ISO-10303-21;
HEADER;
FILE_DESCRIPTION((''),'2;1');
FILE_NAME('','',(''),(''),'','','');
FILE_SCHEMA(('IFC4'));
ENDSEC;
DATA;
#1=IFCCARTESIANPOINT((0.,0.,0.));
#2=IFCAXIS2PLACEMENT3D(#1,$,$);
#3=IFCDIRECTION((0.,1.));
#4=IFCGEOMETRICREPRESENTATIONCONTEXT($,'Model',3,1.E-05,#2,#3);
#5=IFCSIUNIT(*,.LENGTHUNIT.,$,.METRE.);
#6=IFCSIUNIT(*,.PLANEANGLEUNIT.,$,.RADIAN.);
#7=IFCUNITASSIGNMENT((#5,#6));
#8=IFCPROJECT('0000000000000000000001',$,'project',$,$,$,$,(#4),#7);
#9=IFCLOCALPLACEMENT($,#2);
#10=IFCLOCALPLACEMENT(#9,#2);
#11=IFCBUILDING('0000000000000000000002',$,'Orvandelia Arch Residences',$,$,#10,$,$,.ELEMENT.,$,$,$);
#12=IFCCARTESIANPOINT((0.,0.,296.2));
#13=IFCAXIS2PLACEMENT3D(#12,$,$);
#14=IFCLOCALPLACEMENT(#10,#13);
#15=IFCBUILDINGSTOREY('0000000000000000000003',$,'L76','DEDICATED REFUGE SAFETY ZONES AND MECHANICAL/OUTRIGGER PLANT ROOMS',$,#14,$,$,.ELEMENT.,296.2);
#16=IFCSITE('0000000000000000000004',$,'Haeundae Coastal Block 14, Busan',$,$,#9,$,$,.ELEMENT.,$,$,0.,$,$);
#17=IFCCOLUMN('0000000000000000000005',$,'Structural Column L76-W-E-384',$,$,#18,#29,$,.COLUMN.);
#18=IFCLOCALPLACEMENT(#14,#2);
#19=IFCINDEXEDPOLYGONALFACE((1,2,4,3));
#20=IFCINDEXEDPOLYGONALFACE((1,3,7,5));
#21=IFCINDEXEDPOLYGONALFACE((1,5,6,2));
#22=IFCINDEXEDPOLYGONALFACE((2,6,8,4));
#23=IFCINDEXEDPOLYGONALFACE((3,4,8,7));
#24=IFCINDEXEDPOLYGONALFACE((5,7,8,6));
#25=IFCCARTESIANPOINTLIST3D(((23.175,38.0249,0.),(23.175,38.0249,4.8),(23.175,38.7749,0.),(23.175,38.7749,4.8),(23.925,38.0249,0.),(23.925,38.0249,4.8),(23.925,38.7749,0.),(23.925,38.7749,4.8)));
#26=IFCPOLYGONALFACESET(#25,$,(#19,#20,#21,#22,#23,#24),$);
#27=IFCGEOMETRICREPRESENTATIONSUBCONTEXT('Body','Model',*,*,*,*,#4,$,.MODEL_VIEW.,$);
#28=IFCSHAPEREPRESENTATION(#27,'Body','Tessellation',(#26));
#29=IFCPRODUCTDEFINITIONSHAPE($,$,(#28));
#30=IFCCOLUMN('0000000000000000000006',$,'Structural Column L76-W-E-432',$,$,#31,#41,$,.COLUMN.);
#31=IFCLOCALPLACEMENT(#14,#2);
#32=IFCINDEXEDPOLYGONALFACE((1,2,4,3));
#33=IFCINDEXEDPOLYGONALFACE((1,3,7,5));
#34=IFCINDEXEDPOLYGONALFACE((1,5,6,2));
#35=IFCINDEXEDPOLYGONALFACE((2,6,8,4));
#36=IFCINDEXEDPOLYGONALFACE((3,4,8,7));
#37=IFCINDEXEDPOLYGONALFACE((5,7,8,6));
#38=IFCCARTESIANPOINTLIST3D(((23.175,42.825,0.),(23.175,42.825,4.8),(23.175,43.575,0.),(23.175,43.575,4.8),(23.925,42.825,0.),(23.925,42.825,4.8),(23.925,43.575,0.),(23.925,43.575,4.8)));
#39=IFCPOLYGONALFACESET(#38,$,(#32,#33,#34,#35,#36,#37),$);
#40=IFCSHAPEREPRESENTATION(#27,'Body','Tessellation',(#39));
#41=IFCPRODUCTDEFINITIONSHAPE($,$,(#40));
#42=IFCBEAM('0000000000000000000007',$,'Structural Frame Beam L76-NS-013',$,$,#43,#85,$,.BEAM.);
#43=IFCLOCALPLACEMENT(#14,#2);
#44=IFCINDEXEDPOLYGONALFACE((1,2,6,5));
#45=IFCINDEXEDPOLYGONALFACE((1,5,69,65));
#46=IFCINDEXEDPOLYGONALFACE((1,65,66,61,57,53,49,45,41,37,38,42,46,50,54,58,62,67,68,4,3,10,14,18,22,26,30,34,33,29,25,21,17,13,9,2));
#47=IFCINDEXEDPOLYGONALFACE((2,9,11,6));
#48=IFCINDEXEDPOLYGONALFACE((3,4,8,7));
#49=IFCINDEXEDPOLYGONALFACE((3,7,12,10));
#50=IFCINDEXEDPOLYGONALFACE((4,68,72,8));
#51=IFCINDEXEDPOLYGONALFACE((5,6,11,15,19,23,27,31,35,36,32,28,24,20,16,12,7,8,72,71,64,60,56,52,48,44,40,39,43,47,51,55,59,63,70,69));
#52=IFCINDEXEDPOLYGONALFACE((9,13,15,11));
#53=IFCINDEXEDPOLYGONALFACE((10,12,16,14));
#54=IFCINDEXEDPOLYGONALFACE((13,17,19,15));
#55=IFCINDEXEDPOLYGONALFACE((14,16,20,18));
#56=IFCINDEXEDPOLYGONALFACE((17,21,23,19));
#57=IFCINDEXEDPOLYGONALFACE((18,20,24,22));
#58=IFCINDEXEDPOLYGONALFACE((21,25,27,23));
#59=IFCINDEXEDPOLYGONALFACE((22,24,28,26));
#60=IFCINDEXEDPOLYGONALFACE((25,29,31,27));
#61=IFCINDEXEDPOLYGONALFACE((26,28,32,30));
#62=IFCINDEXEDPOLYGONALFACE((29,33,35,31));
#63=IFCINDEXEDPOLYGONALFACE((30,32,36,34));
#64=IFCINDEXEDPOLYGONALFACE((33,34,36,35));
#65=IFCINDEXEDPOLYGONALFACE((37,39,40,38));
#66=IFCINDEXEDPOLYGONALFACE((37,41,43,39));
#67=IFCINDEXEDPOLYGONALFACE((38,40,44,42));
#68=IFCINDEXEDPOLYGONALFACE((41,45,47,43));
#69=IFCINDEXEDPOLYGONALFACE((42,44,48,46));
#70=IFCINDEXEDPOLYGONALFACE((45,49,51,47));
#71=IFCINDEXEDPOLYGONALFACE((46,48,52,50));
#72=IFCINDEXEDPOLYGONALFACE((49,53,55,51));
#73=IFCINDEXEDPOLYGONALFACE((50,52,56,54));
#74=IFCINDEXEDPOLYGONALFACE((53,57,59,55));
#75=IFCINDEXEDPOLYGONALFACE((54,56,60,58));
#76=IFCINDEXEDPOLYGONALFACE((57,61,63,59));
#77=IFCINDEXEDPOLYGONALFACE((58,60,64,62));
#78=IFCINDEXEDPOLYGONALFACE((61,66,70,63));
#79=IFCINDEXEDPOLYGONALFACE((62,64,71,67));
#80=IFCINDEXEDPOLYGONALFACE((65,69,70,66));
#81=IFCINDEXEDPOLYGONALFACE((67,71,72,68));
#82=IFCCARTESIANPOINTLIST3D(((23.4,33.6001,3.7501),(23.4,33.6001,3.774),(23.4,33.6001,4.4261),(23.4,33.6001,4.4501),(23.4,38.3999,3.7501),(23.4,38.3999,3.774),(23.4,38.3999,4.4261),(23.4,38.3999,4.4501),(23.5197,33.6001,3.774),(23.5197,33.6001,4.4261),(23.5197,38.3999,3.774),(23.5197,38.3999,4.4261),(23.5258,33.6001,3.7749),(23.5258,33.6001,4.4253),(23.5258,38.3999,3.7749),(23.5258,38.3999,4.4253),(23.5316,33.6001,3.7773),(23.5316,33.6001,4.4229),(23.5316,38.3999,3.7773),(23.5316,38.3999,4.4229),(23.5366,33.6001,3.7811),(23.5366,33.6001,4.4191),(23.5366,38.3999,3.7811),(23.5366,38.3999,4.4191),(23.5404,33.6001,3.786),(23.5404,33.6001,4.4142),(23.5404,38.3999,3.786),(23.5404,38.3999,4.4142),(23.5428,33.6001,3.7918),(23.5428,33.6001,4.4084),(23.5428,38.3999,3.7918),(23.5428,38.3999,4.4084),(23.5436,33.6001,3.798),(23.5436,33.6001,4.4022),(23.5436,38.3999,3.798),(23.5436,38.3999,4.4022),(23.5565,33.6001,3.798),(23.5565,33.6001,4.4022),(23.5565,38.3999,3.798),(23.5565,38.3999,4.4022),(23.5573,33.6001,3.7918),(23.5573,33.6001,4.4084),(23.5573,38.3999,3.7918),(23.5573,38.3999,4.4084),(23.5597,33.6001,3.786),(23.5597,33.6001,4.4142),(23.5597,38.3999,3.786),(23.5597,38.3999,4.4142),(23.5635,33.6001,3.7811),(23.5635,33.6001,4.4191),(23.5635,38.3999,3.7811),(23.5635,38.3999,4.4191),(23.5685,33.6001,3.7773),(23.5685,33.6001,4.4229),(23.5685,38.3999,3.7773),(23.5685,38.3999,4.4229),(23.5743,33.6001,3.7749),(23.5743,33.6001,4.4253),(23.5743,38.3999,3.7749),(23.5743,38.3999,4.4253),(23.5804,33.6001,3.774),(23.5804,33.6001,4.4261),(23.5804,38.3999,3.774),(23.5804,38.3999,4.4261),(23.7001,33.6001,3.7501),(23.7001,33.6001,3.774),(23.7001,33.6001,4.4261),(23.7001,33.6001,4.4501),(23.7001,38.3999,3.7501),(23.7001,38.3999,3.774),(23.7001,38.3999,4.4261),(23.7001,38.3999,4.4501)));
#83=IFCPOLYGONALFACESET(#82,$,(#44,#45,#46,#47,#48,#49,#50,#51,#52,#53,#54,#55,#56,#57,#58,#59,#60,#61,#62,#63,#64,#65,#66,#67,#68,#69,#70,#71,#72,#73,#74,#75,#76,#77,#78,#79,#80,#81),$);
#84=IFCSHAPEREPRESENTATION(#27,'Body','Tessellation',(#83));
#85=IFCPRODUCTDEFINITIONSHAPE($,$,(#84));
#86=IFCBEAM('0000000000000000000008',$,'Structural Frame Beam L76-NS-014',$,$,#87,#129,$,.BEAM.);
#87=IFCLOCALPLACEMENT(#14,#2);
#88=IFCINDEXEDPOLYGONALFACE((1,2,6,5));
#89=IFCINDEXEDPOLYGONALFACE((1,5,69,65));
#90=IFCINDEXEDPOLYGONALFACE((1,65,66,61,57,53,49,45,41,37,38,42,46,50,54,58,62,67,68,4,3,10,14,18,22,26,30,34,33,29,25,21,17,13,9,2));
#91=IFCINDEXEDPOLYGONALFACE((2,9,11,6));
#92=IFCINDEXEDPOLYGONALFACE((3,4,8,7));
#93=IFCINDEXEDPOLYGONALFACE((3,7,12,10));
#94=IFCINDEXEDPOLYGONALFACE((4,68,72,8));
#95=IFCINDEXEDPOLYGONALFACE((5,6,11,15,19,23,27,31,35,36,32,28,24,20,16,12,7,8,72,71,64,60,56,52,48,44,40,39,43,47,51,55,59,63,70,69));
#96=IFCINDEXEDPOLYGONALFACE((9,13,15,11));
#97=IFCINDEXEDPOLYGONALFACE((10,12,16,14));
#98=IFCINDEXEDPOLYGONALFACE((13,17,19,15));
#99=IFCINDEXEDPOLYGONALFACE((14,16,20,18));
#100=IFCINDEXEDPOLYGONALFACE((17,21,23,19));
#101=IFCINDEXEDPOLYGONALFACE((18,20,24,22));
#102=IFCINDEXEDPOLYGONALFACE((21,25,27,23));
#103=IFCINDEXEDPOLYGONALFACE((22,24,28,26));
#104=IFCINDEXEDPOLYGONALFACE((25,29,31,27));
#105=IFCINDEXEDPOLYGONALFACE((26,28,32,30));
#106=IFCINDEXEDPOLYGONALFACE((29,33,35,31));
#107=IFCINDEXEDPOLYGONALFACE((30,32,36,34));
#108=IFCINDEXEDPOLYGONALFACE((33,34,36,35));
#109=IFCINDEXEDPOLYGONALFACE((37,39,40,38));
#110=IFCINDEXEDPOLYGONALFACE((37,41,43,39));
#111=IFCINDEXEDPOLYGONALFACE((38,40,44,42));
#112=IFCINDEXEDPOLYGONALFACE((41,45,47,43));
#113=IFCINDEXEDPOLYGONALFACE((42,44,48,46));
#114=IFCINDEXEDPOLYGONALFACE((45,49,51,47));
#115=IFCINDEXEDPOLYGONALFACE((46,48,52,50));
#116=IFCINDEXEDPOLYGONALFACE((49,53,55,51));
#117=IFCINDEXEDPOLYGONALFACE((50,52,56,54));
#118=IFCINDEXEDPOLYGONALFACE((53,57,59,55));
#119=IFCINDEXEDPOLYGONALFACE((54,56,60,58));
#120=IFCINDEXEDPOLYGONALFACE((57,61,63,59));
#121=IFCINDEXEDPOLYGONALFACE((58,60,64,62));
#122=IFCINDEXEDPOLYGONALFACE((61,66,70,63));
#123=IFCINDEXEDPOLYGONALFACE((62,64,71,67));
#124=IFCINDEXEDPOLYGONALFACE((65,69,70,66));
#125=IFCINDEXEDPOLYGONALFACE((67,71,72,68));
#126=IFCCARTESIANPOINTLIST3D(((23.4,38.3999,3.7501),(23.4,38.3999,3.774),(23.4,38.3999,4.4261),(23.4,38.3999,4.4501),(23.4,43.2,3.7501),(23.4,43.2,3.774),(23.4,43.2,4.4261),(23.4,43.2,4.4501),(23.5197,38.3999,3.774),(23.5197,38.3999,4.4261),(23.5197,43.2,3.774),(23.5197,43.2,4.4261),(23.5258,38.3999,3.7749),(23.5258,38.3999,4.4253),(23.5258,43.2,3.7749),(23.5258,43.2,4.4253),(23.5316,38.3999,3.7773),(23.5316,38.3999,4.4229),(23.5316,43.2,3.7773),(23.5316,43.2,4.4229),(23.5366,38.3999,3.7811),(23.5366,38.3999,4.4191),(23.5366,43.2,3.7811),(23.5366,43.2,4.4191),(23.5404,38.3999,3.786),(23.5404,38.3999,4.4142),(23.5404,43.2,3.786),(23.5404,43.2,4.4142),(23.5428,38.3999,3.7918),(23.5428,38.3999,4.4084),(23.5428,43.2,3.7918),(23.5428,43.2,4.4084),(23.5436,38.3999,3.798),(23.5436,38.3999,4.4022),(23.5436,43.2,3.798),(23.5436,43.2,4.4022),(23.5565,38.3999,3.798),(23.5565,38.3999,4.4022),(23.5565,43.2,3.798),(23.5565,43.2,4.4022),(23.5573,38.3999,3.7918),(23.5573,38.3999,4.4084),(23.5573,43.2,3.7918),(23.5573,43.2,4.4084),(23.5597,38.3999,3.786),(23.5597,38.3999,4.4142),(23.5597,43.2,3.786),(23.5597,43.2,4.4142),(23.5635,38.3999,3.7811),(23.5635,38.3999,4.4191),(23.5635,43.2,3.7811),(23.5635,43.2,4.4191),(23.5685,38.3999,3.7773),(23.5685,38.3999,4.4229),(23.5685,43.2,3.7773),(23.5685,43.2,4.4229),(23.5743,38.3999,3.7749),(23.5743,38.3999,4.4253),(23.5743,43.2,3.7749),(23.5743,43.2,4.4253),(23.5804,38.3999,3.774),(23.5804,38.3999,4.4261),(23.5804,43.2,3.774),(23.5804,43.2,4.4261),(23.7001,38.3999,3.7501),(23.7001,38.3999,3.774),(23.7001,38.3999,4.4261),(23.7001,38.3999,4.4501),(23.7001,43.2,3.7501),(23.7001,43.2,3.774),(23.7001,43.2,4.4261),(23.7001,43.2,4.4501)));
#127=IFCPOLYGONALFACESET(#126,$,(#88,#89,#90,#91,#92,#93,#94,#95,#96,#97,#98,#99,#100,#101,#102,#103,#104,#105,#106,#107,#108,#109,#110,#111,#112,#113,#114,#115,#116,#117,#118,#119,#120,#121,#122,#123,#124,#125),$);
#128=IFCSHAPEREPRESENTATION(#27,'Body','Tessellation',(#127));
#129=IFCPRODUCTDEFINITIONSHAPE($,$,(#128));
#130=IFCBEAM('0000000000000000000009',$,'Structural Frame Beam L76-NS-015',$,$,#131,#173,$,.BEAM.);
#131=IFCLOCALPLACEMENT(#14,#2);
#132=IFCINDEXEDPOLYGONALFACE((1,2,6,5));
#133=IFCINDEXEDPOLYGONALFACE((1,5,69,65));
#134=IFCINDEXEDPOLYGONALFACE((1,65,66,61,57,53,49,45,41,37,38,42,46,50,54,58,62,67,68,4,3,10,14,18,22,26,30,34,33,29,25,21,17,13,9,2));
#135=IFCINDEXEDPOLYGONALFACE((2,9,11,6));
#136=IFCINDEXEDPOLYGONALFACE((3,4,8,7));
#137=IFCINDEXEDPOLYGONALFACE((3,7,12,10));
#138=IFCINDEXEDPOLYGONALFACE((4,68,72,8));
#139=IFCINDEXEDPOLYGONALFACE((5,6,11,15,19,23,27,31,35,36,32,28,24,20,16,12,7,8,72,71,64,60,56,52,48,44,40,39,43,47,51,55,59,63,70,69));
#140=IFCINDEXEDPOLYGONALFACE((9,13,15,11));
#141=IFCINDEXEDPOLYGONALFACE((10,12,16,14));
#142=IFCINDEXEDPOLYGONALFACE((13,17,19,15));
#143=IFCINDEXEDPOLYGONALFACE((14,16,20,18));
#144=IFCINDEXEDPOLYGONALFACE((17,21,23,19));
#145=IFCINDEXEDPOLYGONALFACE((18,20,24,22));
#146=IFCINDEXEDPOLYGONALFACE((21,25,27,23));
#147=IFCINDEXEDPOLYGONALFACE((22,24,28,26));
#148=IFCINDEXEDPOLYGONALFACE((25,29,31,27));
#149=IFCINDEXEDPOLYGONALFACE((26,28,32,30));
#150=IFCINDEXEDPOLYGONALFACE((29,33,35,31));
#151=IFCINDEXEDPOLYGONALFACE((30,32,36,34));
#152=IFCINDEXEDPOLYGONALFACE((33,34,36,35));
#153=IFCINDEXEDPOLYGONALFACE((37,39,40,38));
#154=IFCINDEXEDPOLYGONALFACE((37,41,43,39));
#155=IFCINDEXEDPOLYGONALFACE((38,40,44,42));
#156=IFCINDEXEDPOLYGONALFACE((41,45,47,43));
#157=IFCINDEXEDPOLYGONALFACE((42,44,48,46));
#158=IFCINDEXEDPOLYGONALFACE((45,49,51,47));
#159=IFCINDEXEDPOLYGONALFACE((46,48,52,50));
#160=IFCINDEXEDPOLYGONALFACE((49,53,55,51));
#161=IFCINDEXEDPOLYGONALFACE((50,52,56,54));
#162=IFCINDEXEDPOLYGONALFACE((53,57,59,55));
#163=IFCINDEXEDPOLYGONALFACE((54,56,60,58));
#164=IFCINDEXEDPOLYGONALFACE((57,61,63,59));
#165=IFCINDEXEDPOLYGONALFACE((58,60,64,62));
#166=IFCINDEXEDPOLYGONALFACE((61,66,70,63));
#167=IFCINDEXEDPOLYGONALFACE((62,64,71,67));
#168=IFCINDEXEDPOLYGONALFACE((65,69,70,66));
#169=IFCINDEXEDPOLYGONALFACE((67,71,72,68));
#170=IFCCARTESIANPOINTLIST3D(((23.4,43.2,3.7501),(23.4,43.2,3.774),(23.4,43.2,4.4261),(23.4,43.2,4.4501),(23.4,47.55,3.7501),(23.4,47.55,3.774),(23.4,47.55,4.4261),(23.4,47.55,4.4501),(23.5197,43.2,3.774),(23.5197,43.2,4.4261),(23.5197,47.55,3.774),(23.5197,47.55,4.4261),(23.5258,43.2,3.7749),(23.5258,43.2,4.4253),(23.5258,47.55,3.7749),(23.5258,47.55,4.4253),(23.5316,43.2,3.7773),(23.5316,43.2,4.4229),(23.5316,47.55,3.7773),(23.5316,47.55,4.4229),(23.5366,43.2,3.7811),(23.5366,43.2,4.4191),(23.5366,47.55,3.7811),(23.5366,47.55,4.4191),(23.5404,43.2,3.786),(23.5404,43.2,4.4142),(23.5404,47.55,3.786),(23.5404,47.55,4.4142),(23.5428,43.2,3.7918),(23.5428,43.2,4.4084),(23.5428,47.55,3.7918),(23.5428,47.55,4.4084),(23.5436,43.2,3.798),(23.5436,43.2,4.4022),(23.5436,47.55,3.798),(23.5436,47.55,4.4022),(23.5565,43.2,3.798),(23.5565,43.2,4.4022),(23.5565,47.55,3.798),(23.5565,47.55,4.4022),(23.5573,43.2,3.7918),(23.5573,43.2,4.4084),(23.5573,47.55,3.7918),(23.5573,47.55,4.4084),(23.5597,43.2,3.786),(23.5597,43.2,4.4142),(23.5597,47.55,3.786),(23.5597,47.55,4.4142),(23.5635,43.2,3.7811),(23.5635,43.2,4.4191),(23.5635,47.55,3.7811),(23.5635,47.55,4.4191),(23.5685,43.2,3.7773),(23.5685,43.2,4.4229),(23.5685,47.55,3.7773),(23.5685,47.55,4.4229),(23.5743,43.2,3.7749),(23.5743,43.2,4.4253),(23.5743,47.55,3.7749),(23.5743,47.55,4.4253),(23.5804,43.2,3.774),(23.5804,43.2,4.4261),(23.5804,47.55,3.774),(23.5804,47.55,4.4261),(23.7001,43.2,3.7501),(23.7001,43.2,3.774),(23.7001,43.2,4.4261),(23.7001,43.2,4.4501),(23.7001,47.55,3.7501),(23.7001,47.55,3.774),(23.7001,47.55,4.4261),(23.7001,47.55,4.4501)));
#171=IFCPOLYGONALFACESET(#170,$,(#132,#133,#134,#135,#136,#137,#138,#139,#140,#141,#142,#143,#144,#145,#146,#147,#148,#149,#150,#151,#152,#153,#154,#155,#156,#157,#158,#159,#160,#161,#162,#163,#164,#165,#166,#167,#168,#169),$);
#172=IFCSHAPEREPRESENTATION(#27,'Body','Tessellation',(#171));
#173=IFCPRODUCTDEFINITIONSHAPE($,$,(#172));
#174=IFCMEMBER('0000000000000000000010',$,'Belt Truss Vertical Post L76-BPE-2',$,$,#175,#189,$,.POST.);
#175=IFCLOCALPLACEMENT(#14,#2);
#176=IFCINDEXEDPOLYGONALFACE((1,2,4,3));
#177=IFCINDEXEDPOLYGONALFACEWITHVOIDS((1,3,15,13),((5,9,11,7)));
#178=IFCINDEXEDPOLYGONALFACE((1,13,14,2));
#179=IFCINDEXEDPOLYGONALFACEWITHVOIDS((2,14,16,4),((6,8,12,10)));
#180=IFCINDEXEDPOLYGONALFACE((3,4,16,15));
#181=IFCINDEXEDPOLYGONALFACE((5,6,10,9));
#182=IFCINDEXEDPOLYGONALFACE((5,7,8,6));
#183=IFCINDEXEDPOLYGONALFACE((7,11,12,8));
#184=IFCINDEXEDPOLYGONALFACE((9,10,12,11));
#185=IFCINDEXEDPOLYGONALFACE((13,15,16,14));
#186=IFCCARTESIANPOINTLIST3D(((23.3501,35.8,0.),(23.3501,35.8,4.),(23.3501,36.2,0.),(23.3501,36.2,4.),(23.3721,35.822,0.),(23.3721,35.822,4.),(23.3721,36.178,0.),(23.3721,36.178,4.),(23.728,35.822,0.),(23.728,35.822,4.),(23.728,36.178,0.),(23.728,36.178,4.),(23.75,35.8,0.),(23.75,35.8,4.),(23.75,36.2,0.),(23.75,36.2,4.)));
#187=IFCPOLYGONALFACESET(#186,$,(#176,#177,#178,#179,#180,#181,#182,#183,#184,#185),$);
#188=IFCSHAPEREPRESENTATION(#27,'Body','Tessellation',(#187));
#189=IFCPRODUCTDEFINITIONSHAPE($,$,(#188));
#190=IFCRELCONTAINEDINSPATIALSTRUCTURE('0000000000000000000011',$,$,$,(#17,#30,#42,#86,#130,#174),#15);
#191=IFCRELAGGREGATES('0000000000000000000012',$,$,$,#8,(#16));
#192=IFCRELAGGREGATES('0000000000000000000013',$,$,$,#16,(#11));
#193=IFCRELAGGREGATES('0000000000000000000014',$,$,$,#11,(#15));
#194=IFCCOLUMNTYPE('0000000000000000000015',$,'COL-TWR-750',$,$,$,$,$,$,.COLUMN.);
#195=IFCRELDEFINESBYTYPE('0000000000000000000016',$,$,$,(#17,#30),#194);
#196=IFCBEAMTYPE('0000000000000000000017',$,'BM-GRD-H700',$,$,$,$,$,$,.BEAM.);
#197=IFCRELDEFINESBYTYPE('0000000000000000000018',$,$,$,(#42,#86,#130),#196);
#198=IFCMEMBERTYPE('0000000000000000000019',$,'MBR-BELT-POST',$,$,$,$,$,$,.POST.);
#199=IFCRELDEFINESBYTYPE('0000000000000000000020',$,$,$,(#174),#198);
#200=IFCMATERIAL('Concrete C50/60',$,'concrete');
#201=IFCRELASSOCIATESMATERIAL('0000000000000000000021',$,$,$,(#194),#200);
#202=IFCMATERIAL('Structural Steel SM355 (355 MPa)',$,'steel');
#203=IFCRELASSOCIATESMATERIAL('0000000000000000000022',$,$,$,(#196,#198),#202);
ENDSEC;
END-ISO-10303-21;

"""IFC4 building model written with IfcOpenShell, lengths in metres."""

from ifc_helpers import new_model, si_unit, direction, frame, origin, origin_2d, place, context, subcontext, project, spatial, rectangle, hollow_rectangle, i_section, extrude, material, material_profile, profile_set, type_object, element, save


model = new_model("IFC4")

# Units and contexts
model_context = context("Model", 3, precision=1e-05, world=origin(), true_north=direction((0.0, 1.0)))
body_context = subcontext(model_context, "Body", "Model", "MODEL_VIEW")
ifc_project = project(units=[si_unit("LENGTHUNIT", "METRE"), si_unit("PLANEANGLEUNIT", "RADIAN")], contexts=[model_context])

# Site, building, storey
site_placement = place(None, origin())
site = spatial("IfcSite", under=ifc_project, at=site_placement, Name="Haeundae Coastal Block 14, Busan", CompositionType="ELEMENT", RefElevation=0.0)
building_placement = place(site_placement, origin())
building = spatial("IfcBuilding", under=site, at=building_placement, Name="Orvandelia Arch Residences", CompositionType="ELEMENT")
storey_placement = place(building_placement, frame((0.0, 0.0, 296.2)))
storey = spatial("IfcBuildingStorey", under=building, at=storey_placement, Name="L76", Description="DEDICATED REFUGE SAFETY ZONES AND MECHANICAL/OUTRIGGER PLANT ROOMS", CompositionType="ELEMENT", Elevation=296.2)

# Columns
ifc_material_1 = material(Name="Concrete C50/60", Category="concrete")
ifc_material_profile_1 = material_profile(ifc_material_1, rectangle(XDim=0.75, YDim=0.75, at=origin_2d()), Name="Concrete C50/60", Category="concrete")
ifc_profile_set_1 = profile_set([ifc_material_profile_1], Name="Concrete C50/60")
column_type = type_object("IfcColumnType", Name="COL-TWR-750", PredefinedType="COLUMN", material=ifc_profile_set_1)
for number, where, z_axis, x_axis, name in (
    (1, (23.55, 38.3999, 0.0), (0.0, 0.0, 1.0), (1.0, 0.0, 0.0), "Structural Column L76-W-E-384"),
    (2, (23.55, 43.2, 0.0), (0.0, 0.0, 1.0), (1.0, 0.0, 0.0), "Structural Column L76-W-E-432"),
):
    element("IfcColumn", number, at=place(storey_placement, frame(where, z_axis=z_axis, x_axis=x_axis)), inside=storey, type_object=column_type, Name=name, PredefinedType="COLUMN", context=body_context, shape_type="SweptSolid", body=[
        extrude(rectangle(XDim=0.75, YDim=0.75, at=origin_2d()), origin(), (0.0, 0.0, 1.0), 4.8),
    ])

# Beams
ifc_material_2 = material(Name="Structural Steel SM355 (355 MPa)", Category="steel")
ifc_material_profile_2 = material_profile(ifc_material_2, i_section(OverallWidth=0.3, OverallDepth=0.7, WebThickness=0.0129, FlangeThickness=0.0239, FilletRadius=0.0239, at=origin_2d()), Name="Structural Steel SM355 (355 MPa)", Category="steel")
ifc_profile_set_2 = profile_set([ifc_material_profile_2], Name="Structural Steel SM355 (355 MPa)")
beam_type = type_object("IfcBeamType", Name="BM-GRD-H700", PredefinedType="BEAM", material=ifc_profile_set_2)
beam_1_placement = place(storey_placement, frame((23.55, 33.6001, 4.1001), z_axis=(0.0, 1.0, 0.0), x_axis=(-1.0, 0.0, 0.0)))
element("IfcBeam", 3, at=beam_1_placement, inside=storey, type_object=beam_type, Name="Structural Frame Beam L76-NS-013", PredefinedType="BEAM", context=body_context, shape_type="SweptSolid", body=[
    extrude(i_section(OverallWidth=0.3, OverallDepth=0.7, WebThickness=0.0129, FlangeThickness=0.0239, FilletRadius=0.0239, at=origin_2d()), origin(), (0.0, 0.0, 1.0), 4.7998),
])
beam_2_placement = place(storey_placement, frame((23.55, 38.3999, 4.1001), z_axis=(0.0, 1.0, 0.0), x_axis=(-1.0, 0.0, 0.0)))
element("IfcBeam", 4, at=beam_2_placement, inside=storey, type_object=beam_type, Name="Structural Frame Beam L76-NS-014", PredefinedType="BEAM", context=body_context, shape_type="SweptSolid", body=[
    extrude(i_section(OverallWidth=0.3, OverallDepth=0.7, WebThickness=0.0129, FlangeThickness=0.0239, FilletRadius=0.0239, at=origin_2d()), origin(), (0.0, 0.0, 1.0), 4.8),
])
beam_3_placement = place(storey_placement, frame((23.55, 43.2, 4.1001), z_axis=(0.0, 1.0, 0.0), x_axis=(-1.0, 0.0, 0.0)))
element("IfcBeam", 5, at=beam_3_placement, inside=storey, type_object=beam_type, Name="Structural Frame Beam L76-NS-015", PredefinedType="BEAM", context=body_context, shape_type="SweptSolid", body=[
    extrude(i_section(OverallWidth=0.3, OverallDepth=0.7, WebThickness=0.0129, FlangeThickness=0.0239, FilletRadius=0.0239, at=origin_2d()), origin(), (0.0, 0.0, 1.0), 4.3501),
])

# Member
ifc_material_profile_3 = material_profile(ifc_material_2, hollow_rectangle(XDim=0.3999, YDim=0.3999, WallThickness=0.022, at=origin_2d()), Name="Structural Steel SM355 (355 MPa)", Category="steel")
ifc_profile_set_3 = profile_set([ifc_material_profile_3], Name="Structural Steel SM355 (355 MPa)")
member_type_1 = type_object("IfcMemberType", Name="MBR-BELT-POST", PredefinedType="POST", material=ifc_profile_set_3)
member_1_placement = place(storey_placement, frame((23.55, 36.0, 0.0), z_axis=(0.0, 0.0, 1.0), x_axis=(1.0, 0.0, 0.0)))
element("IfcMember", 6, at=member_1_placement, inside=storey, type_object=member_type_1, Name="Belt Truss Vertical Post L76-BPE-2", PredefinedType="POST", context=body_context, shape_type="SweptSolid", body=[
    extrude(hollow_rectangle(XDim=0.3999, YDim=0.3999, WallThickness=0.022, at=origin_2d()), origin(), (0.0, 0.0, 1.0), 4.0),
])

save(model, "model.ifc")
